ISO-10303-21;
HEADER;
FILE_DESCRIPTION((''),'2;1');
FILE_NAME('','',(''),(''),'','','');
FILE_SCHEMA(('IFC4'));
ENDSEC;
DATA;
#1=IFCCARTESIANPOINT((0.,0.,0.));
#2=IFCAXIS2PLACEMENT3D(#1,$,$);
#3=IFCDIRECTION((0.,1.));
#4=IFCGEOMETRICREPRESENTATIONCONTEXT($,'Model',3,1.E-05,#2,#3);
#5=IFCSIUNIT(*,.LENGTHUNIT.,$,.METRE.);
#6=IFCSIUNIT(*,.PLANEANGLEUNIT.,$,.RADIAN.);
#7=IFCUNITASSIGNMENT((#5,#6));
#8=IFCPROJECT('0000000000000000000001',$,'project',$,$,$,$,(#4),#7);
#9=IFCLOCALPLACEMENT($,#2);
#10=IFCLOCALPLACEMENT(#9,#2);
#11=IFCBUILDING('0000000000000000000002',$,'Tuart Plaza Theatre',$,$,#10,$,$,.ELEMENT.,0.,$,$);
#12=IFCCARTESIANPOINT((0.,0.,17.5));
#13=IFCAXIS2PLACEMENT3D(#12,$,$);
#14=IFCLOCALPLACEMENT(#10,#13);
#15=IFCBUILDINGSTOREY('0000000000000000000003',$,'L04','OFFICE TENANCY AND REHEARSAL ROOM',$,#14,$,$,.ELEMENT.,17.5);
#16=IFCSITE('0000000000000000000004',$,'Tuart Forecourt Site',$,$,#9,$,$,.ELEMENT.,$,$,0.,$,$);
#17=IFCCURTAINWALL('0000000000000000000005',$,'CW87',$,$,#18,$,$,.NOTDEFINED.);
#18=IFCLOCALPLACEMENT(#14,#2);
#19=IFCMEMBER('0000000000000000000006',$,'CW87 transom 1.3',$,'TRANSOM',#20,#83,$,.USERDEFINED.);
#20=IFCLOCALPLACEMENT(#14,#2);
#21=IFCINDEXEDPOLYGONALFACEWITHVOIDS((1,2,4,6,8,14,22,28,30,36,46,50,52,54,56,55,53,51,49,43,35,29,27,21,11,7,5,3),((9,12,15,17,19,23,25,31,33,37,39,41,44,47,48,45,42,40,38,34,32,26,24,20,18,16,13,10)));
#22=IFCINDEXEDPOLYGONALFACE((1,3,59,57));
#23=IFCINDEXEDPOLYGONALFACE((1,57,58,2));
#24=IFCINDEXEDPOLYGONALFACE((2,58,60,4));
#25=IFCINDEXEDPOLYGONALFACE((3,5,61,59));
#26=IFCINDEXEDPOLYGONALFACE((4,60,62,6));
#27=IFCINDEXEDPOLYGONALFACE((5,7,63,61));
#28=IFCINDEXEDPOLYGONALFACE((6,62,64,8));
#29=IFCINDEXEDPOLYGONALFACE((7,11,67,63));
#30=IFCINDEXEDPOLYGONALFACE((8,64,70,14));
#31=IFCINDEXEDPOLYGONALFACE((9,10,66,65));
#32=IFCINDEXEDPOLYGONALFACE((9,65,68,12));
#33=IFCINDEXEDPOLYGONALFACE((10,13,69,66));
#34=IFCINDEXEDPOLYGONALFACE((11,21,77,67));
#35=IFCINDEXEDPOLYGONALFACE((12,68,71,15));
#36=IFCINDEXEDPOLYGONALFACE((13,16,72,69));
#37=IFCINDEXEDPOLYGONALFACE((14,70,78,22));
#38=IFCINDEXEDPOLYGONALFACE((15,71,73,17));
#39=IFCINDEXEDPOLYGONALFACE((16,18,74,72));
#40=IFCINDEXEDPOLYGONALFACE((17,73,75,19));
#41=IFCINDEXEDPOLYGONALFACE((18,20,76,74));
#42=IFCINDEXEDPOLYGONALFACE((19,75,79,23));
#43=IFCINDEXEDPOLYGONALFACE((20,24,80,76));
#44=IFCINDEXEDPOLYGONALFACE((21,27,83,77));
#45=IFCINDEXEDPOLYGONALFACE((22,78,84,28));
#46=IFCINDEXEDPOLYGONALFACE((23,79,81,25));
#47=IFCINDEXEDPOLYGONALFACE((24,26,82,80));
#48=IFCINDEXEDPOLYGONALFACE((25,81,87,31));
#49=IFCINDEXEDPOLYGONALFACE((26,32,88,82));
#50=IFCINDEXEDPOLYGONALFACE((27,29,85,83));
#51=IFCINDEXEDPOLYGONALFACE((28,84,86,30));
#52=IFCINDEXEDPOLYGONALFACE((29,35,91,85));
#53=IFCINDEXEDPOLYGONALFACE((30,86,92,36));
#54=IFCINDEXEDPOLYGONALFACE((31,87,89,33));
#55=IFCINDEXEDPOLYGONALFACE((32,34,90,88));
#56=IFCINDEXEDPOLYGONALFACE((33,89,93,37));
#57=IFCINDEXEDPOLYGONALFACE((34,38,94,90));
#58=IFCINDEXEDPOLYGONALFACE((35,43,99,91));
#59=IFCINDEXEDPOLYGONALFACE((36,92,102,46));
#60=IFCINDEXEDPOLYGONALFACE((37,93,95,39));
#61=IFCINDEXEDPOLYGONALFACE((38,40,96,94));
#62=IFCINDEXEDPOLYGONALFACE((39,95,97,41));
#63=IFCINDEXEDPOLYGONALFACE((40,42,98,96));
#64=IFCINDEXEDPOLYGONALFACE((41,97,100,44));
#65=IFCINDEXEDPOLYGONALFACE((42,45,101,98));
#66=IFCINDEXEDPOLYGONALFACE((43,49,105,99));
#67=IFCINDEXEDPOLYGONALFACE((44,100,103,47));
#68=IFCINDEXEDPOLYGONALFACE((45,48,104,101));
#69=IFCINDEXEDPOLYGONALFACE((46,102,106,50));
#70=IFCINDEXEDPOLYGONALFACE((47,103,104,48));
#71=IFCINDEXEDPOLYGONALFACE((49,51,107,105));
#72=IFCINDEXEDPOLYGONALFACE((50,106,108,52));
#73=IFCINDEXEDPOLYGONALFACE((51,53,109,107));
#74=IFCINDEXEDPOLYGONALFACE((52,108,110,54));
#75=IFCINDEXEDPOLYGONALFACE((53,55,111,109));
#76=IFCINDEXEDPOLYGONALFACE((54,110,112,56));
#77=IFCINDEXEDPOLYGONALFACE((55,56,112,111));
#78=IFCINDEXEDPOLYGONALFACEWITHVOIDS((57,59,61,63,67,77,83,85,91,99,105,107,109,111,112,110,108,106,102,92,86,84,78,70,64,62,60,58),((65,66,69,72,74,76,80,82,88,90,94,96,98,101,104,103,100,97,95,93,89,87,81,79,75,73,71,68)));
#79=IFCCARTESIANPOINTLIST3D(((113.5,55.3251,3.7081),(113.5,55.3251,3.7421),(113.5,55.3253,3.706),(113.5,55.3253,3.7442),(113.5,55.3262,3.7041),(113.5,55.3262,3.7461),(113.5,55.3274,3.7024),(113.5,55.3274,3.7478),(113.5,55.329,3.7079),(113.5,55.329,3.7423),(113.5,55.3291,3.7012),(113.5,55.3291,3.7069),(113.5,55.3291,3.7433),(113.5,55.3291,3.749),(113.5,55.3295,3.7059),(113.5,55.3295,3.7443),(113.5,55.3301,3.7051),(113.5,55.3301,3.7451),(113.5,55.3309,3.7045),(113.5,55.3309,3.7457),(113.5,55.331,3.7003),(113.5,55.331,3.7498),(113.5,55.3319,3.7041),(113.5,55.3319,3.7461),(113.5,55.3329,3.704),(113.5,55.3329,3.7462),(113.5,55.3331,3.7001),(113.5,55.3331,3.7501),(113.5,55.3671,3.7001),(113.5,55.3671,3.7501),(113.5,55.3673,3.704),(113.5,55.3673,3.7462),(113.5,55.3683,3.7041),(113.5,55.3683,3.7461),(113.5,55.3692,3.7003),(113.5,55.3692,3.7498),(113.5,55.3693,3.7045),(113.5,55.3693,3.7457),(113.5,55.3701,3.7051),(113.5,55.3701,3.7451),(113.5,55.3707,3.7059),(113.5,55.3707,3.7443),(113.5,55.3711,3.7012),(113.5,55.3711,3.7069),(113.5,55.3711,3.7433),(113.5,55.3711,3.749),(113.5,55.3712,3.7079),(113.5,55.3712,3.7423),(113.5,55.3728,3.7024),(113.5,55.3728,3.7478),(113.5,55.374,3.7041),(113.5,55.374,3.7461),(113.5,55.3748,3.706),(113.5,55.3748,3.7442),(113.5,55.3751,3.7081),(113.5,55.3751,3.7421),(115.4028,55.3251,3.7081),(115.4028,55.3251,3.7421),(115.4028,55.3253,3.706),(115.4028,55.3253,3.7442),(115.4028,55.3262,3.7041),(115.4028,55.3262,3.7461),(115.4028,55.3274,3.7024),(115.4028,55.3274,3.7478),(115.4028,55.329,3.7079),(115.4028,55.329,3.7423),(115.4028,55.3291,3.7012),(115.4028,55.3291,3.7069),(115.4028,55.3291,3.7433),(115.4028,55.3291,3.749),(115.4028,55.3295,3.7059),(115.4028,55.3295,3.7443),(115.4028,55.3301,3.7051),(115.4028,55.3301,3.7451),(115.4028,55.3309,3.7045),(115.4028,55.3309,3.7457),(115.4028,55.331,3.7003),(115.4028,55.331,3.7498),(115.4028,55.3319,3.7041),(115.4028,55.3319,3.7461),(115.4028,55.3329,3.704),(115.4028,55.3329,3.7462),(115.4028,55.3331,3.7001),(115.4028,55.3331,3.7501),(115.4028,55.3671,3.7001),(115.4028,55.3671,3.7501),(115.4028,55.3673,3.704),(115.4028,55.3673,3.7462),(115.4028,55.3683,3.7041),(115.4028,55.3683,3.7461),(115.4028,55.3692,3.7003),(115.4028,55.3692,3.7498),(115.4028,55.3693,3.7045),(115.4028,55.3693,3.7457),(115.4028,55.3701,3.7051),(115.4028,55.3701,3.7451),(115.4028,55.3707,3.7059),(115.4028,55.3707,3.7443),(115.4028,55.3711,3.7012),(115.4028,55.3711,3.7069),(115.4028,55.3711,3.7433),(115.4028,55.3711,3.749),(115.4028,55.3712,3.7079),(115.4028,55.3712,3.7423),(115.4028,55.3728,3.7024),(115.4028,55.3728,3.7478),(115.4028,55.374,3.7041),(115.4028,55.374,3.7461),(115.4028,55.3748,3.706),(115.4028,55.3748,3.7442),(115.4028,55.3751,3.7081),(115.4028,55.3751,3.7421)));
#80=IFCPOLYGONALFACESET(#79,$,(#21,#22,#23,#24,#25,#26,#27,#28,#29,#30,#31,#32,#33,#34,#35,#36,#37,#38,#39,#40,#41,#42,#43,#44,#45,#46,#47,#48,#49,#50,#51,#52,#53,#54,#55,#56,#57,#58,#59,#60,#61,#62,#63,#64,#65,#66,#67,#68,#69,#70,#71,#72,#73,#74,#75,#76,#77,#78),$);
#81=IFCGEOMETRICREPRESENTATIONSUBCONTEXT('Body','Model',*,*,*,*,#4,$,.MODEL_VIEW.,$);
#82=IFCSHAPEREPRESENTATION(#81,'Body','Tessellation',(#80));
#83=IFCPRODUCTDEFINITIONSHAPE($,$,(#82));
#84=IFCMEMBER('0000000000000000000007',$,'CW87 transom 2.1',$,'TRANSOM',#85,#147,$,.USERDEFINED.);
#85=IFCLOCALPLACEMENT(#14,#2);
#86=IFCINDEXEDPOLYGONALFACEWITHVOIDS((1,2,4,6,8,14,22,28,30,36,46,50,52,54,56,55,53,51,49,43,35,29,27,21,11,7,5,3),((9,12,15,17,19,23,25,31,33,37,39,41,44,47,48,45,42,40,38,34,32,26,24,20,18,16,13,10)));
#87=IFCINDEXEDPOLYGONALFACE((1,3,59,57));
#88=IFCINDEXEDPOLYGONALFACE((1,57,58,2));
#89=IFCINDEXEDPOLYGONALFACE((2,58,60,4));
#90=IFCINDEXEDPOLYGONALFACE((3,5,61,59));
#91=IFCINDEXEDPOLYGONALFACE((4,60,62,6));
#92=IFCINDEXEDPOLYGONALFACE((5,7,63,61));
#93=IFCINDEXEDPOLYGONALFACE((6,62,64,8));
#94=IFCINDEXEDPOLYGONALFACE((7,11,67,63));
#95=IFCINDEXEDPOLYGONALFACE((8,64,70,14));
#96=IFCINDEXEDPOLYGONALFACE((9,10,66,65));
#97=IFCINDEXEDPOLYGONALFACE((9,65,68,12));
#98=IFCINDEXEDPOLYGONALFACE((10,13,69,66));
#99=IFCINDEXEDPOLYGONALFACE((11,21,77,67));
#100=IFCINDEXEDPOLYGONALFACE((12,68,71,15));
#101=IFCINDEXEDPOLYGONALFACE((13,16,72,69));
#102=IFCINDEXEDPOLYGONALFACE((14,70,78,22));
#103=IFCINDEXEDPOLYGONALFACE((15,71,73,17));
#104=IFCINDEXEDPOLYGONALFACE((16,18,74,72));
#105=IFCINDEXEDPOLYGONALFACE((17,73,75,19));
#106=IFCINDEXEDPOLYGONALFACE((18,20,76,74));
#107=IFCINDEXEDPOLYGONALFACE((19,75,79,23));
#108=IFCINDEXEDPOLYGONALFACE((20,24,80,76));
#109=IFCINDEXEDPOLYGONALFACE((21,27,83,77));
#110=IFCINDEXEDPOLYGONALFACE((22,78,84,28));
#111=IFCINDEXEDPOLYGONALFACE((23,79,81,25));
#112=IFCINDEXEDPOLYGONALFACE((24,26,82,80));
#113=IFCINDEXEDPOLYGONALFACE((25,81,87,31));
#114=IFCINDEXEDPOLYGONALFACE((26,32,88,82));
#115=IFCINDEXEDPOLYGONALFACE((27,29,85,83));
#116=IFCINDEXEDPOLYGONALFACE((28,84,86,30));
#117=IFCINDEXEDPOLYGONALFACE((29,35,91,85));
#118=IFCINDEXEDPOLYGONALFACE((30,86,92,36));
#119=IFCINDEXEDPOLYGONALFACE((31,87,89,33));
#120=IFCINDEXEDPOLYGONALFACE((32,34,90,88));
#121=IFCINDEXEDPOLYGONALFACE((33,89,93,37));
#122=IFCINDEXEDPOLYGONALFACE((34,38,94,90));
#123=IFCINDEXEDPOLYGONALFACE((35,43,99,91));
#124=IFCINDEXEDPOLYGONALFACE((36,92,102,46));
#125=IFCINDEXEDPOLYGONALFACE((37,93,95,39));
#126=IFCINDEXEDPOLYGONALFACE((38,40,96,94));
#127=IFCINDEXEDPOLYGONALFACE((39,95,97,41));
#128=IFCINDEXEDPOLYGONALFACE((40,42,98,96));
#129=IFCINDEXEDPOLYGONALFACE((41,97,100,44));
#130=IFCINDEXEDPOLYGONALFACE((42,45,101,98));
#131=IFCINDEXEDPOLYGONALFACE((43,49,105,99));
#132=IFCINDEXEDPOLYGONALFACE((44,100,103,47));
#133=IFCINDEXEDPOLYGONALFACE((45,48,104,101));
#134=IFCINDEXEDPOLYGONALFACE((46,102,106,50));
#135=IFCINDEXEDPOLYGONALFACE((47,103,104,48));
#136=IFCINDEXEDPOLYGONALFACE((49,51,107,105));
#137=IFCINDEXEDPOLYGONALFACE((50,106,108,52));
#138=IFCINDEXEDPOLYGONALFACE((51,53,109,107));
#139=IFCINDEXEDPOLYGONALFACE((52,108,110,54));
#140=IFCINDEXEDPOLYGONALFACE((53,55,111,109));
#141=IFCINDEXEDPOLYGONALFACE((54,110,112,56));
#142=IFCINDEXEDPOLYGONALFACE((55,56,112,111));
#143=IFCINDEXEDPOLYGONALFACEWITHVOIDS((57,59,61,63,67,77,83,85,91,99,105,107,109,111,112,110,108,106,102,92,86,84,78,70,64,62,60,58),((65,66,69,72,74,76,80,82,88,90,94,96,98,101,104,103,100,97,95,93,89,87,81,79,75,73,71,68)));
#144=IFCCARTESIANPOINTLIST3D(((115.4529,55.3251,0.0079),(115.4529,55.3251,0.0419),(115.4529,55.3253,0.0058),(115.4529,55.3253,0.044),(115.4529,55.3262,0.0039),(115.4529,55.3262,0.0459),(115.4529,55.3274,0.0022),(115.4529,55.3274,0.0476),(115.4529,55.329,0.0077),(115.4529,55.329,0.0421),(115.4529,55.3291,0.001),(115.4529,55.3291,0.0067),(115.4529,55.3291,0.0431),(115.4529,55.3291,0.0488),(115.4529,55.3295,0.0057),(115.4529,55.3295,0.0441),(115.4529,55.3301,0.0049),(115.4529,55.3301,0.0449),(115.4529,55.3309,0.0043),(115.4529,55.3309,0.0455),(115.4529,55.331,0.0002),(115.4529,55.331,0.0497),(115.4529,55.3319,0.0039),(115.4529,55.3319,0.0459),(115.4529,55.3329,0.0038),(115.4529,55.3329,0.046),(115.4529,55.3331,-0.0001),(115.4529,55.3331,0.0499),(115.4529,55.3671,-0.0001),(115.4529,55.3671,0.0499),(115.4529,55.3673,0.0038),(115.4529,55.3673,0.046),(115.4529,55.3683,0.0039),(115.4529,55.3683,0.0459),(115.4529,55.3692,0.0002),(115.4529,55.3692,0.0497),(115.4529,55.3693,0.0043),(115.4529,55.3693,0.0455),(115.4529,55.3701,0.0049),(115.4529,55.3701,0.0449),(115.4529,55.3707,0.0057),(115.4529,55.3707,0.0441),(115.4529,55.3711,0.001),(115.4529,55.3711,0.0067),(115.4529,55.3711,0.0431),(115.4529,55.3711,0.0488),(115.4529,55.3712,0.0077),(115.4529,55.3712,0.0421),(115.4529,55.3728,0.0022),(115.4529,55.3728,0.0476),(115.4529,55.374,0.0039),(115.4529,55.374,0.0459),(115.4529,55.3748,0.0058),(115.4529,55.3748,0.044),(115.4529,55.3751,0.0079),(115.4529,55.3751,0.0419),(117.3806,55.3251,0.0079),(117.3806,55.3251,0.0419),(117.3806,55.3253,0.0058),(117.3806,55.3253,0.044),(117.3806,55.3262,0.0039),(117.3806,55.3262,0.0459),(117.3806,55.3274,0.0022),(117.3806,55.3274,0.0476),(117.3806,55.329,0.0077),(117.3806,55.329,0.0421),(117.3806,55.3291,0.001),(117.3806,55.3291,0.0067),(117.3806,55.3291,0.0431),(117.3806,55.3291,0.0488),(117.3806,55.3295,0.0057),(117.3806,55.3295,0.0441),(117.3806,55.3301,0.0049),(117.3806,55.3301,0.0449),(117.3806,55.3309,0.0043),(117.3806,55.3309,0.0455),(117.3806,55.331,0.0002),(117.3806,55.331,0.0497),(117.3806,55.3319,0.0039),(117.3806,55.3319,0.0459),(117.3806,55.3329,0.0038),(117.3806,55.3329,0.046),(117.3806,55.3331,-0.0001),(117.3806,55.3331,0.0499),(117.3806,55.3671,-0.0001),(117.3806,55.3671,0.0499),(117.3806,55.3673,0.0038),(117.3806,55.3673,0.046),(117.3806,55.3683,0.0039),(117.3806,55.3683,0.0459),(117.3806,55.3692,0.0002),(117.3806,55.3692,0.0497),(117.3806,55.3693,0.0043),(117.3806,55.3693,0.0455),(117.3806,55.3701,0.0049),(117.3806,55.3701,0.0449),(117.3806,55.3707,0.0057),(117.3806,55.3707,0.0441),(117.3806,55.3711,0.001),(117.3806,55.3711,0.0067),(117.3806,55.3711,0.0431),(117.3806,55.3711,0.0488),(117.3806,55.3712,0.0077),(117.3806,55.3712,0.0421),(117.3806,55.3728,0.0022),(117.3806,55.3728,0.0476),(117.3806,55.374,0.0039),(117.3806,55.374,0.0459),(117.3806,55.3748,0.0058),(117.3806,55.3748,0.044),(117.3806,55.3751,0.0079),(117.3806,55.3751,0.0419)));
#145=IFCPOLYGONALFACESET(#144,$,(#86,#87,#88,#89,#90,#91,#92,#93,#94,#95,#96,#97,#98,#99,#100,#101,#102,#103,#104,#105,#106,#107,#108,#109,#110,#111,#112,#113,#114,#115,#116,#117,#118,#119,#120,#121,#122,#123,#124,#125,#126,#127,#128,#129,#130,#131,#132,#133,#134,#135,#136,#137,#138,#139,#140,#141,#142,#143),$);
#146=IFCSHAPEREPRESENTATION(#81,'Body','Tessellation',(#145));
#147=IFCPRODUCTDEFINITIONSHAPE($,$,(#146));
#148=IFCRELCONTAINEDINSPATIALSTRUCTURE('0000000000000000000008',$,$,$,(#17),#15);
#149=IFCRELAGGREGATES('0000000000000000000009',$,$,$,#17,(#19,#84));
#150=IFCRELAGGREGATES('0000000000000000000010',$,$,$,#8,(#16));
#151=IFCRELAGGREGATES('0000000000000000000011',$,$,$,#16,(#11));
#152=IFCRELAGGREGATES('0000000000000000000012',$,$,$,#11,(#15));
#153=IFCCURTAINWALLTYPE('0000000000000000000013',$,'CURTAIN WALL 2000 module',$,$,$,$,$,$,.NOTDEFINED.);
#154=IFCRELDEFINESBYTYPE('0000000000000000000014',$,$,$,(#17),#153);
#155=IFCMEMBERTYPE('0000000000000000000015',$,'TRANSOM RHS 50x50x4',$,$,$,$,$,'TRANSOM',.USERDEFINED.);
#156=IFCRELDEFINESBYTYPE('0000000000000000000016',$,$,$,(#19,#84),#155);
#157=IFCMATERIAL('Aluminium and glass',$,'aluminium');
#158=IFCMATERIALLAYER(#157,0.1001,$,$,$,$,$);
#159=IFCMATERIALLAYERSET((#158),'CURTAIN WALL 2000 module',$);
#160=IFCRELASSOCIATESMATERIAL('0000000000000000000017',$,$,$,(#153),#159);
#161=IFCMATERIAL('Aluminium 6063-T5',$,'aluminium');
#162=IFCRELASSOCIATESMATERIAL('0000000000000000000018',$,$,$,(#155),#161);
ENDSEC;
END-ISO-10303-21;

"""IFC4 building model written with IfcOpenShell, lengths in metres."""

from ifc_helpers import new_model, si_unit, direction, frame, origin, origin_2d, place, context, subcontext, project, spatial, hollow_rectangle, extrude, material, layer, layer_set, material_profile, profile_set, type_object, element, aggregate, save


model = new_model("IFC4")

# Units and contexts
model_context = context("Model", 3, precision=1e-05, world=origin(), true_north=direction((0.0, 1.0)))
body_context = subcontext(model_context, "Body", "Model", "MODEL_VIEW")
ifc_project = project(units=[si_unit("LENGTHUNIT", "METRE"), si_unit("PLANEANGLEUNIT", "RADIAN")], contexts=[model_context])

# Site, building, storey
site_placement = place(None, origin())
site = spatial("IfcSite", under=ifc_project, at=site_placement, Name="Tuart Forecourt Site", CompositionType="ELEMENT", RefElevation=0.0)
building_placement = place(site_placement, origin())
building = spatial("IfcBuilding", under=site, at=building_placement, Name="Tuart Plaza Theatre", CompositionType="ELEMENT", ElevationOfRefHeight=0.0)
storey_placement = place(building_placement, frame((0.0, 0.0, 17.5)))
storey = spatial("IfcBuildingStorey", under=building, at=storey_placement, Name="L04", Description="OFFICE TENANCY AND REHEARSAL ROOM", CompositionType="ELEMENT", Elevation=17.5)

# Curtain wall, members
ifc_material_1 = material(Name="Aluminium and glass", Category="aluminium")
ifc_layer_1 = layer(ifc_material_1, 0.1001)
ifc_layer_set_1 = layer_set([ifc_layer_1], Name="CURTAIN WALL 2000 module")
curtain_wall_type = type_object("IfcCurtainWallType", Name="CURTAIN WALL 2000 module", PredefinedType="NOTDEFINED", material=ifc_layer_set_1)
curtain_wall_placement = place(storey_placement, origin())
curtain_wall = element("IfcCurtainWall", 1, at=curtain_wall_placement, inside=storey, type_object=curtain_wall_type, Name="CW87", PredefinedType="NOTDEFINED")
ifc_material_2 = material(Name="Aluminium 6063-T5", Category="aluminium")
ifc_material_profile_1 = material_profile(ifc_material_2, hollow_rectangle(XDim=0.05, YDim=0.05, WallThickness=0.0039, InnerFilletRadius=0.0039, OuterFilletRadius=0.0081, at=origin_2d()), Name="RHS 50x50x4")
ifc_profile_set_1 = profile_set([ifc_material_profile_1], Name="Aluminium 6063-T5")
member_type_1 = type_object("IfcMemberType", Name="TRANSOM RHS 50x50x4", ElementType="TRANSOM", PredefinedType="USERDEFINED", material=ifc_profile_set_1)
member_1_placement = place(storey_placement, frame((113.5, 55.3501, 3.7251), z_axis=(1.0, 0.0, 0.0), x_axis=(0.0, 1.0, 0.0)))
member_1 = element("IfcMember", 2, at=member_1_placement, type_object=member_type_1, Name="CW87 transom 1.3", ObjectType="TRANSOM", PredefinedType="USERDEFINED", context=body_context, shape_type="SweptSolid", body=[
    extrude(hollow_rectangle(XDim=0.05, YDim=0.05, WallThickness=0.0039, InnerFilletRadius=0.0039, OuterFilletRadius=0.0081, at=origin_2d()), origin(), (0.0, 0.0, 1.0), 1.9028),
])
member_2_placement = place(storey_placement, frame((115.4529, 55.3501, 0.0249), z_axis=(1.0, 0.0, 0.0), x_axis=(0.0, 1.0, 0.0)))
member_2 = element("IfcMember", 3, at=member_2_placement, type_object=member_type_1, Name="CW87 transom 2.1", ObjectType="TRANSOM", PredefinedType="USERDEFINED", context=body_context, shape_type="SweptSolid", body=[
    extrude(hollow_rectangle(XDim=0.05, YDim=0.05, WallThickness=0.0039, InnerFilletRadius=0.0039, OuterFilletRadius=0.0081, at=origin_2d()), origin(), (0.0, 0.0, 1.0), 1.9277),
])
aggregate(curtain_wall, [member_1, member_2])

save(model, "model.ifc")
